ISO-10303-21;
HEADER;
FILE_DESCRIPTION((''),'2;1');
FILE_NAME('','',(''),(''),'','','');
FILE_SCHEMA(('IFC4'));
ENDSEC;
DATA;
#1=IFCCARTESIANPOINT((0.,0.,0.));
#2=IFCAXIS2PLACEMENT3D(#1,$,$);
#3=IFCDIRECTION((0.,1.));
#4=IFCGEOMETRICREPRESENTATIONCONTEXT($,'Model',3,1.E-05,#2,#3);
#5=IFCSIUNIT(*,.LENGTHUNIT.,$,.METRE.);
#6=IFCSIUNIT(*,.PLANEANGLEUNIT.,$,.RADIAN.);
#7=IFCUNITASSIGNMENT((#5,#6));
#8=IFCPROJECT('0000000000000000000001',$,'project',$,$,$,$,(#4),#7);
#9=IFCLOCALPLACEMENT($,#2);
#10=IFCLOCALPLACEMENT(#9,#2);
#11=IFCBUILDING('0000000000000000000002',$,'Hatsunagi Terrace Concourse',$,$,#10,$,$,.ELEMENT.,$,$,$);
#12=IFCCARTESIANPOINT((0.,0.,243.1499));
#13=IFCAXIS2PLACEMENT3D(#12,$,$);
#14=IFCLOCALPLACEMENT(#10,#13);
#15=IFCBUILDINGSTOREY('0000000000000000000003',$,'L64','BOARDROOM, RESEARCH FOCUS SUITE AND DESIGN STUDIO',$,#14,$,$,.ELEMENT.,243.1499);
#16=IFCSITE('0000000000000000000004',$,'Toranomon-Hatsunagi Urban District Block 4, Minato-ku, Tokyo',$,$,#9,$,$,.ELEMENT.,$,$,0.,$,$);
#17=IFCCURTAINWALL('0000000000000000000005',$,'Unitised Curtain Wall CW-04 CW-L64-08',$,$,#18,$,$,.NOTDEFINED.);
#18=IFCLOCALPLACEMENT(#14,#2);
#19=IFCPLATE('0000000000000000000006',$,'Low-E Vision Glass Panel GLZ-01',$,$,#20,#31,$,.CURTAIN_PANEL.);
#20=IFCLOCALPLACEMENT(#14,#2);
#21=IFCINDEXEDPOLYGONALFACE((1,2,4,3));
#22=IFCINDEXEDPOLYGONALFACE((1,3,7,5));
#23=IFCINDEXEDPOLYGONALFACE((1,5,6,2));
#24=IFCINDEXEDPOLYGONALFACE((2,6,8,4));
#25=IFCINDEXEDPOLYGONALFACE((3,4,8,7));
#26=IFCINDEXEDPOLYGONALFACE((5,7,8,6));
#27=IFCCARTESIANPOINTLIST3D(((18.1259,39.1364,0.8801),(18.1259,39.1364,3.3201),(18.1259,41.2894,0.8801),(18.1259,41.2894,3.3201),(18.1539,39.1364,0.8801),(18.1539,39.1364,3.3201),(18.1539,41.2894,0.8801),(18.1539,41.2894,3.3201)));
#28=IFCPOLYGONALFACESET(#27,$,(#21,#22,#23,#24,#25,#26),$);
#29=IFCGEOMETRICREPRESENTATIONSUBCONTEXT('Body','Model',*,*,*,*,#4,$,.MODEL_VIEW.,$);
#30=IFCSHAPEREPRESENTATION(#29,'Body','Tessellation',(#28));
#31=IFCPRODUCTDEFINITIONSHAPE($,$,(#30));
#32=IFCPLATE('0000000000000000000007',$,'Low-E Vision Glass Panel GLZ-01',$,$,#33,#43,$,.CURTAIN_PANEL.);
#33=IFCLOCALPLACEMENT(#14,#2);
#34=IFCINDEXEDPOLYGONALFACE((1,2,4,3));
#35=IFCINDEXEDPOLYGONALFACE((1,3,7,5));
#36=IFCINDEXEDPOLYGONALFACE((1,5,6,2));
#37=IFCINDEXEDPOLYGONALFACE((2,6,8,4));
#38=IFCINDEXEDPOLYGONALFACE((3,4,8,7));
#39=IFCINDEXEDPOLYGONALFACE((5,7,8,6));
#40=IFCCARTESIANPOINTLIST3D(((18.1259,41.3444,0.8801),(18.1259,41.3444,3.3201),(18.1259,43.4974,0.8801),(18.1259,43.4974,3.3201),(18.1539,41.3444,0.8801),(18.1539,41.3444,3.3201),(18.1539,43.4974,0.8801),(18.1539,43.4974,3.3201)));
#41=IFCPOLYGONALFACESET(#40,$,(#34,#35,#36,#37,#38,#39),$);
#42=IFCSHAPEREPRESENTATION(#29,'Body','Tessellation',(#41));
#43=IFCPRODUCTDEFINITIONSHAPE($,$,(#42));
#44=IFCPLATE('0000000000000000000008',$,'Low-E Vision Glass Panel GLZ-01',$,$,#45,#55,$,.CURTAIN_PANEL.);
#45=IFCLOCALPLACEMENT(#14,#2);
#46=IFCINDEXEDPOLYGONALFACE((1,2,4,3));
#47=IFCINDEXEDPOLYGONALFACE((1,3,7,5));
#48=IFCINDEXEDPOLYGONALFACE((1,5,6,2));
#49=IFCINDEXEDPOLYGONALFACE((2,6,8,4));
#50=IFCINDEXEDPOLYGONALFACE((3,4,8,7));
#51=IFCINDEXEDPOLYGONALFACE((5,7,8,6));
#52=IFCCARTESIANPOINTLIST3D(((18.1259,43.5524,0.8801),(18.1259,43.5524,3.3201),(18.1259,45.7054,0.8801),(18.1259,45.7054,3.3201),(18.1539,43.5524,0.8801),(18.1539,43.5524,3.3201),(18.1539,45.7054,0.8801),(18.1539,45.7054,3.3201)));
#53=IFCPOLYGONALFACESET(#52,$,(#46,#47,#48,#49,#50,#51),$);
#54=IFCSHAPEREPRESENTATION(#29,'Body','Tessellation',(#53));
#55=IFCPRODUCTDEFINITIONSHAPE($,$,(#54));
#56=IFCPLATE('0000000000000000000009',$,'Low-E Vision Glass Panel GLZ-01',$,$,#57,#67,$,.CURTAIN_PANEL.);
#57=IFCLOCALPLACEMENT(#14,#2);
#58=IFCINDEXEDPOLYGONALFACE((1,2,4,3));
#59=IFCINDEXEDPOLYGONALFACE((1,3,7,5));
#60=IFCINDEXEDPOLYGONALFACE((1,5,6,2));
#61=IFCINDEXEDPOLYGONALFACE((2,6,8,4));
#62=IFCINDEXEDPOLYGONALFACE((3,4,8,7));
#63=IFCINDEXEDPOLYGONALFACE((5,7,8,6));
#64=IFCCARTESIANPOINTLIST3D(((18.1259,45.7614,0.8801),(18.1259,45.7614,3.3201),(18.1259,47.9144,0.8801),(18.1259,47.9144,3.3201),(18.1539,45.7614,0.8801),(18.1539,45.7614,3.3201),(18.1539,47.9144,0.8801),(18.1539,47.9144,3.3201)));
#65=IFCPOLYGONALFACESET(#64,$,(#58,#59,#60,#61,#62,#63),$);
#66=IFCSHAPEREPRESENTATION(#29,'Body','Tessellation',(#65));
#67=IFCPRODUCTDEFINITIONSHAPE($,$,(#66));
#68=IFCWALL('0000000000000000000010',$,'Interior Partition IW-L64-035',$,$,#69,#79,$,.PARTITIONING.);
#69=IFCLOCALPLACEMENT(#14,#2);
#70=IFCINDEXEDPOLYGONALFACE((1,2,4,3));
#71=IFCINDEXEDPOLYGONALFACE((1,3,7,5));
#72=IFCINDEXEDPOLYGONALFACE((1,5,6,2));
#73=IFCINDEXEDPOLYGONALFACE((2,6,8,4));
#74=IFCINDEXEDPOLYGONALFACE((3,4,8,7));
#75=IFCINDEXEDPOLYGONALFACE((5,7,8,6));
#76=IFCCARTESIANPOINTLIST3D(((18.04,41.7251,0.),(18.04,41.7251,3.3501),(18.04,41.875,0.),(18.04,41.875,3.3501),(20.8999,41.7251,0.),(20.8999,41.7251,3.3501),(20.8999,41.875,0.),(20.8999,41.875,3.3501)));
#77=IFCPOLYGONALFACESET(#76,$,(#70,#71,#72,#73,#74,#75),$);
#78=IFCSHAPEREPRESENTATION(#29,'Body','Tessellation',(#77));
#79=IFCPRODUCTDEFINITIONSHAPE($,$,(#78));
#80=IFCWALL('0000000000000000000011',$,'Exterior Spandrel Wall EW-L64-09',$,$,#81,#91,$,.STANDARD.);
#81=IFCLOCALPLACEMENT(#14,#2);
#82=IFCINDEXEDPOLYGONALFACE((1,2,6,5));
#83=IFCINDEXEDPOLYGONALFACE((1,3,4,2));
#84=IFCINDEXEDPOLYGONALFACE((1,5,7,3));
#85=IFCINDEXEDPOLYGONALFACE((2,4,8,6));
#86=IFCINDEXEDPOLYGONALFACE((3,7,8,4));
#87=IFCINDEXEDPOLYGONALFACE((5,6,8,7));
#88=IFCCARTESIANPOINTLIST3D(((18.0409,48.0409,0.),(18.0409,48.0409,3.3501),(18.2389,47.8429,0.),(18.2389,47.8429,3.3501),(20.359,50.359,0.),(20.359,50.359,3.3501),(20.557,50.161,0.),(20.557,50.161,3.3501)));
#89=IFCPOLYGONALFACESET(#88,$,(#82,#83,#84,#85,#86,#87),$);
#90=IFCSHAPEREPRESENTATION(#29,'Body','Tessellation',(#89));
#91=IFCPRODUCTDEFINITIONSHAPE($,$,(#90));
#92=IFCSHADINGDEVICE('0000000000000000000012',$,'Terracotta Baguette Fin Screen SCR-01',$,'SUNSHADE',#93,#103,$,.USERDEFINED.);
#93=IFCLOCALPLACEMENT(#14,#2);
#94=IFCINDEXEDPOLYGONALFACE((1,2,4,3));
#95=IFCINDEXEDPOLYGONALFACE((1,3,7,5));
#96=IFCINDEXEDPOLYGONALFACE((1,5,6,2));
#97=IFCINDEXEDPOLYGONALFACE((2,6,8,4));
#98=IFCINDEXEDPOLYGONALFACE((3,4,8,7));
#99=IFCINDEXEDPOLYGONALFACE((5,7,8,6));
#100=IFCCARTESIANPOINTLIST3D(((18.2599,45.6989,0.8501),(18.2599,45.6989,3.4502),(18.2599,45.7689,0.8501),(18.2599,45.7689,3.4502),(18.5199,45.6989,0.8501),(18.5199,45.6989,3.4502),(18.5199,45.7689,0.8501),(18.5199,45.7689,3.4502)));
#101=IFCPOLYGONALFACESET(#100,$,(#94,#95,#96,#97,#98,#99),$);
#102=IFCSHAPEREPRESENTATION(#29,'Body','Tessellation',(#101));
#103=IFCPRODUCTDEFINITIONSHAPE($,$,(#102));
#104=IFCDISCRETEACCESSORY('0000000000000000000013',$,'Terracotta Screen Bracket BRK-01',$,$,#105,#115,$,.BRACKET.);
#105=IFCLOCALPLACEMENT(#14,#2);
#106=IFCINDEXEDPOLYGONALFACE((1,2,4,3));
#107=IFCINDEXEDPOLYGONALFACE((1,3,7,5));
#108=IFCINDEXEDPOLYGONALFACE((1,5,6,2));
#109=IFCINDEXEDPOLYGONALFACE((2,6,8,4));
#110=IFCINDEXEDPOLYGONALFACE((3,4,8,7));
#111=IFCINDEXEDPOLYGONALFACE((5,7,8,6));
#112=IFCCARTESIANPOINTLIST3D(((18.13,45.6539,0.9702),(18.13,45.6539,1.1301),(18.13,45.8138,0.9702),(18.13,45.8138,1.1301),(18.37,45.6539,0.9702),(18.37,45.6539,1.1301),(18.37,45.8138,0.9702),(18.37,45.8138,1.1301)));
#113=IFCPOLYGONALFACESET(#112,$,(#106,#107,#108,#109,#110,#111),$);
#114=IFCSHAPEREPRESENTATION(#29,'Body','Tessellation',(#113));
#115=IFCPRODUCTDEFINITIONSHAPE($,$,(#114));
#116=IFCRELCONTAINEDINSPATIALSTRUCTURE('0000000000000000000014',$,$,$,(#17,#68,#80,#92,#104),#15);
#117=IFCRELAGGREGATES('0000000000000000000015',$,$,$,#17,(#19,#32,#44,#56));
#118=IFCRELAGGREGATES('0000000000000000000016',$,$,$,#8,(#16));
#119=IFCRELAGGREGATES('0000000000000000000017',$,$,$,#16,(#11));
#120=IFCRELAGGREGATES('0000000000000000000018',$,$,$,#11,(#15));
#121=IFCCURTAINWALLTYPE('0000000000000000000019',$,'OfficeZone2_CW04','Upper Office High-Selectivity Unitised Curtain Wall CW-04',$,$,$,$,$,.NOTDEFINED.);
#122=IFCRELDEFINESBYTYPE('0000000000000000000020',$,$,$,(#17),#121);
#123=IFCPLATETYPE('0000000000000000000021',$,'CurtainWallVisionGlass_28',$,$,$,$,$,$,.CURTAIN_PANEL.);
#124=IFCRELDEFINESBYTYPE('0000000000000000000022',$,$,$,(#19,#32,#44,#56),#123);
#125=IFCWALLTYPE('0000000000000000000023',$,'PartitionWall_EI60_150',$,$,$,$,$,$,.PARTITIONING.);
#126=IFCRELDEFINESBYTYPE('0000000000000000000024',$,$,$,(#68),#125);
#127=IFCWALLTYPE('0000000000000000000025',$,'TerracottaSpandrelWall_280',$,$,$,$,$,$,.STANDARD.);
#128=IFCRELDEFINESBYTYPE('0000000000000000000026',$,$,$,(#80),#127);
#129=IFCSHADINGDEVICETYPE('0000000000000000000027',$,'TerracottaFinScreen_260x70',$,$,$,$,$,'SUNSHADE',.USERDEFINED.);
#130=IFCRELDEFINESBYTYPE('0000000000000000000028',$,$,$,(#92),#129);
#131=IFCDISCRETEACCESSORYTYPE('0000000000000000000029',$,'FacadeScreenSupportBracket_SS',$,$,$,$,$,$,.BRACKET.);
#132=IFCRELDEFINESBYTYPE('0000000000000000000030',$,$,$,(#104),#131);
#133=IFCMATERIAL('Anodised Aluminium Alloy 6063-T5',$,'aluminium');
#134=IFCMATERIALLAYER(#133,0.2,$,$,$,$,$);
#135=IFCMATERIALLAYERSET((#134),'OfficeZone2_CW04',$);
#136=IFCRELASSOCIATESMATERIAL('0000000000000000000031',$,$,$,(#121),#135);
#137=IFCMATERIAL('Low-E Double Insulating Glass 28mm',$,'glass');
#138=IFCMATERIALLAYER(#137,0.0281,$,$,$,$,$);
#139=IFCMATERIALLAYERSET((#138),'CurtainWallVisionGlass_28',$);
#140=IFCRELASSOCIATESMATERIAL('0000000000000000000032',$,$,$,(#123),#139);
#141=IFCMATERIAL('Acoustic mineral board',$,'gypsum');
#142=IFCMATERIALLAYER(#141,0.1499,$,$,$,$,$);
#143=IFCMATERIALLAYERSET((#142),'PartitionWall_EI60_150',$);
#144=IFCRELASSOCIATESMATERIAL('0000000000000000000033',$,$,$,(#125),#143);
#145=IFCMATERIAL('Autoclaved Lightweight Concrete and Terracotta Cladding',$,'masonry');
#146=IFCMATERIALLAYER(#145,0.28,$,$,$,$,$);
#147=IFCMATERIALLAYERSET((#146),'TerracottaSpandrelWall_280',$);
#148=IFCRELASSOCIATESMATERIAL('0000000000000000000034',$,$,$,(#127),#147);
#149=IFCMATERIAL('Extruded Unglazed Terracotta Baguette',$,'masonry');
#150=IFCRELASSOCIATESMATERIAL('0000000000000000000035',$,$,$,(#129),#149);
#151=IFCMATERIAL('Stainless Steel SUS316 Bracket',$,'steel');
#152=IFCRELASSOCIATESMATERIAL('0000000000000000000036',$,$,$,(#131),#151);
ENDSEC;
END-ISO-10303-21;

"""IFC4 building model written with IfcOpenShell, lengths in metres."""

from ifc_helpers import new_model, si_unit, direction, frame, frame_2d, origin, origin_2d, place, context, subcontext, project, spatial, rectangle, extrude, material, layer, layer_set, type_object, element, aggregate, save


model = new_model("IFC4")

# Units and contexts
model_context = context("Model", 3, precision=1e-05, world=origin(), true_north=direction((0.0, 1.0)))
body_context = subcontext(model_context, "Body", "Model", "MODEL_VIEW")
ifc_project = project(units=[si_unit("LENGTHUNIT", "METRE"), si_unit("PLANEANGLEUNIT", "RADIAN")], contexts=[model_context])

# Site, building, storey
site_placement = place(None, origin())
site = spatial("IfcSite", under=ifc_project, at=site_placement, Name="Toranomon-Hatsunagi Urban District Block 4, Minato-ku, Tokyo", CompositionType="ELEMENT", RefElevation=0.0)
building_placement = place(site_placement, origin())
building = spatial("IfcBuilding", under=site, at=building_placement, Name="Hatsunagi Terrace Concourse", CompositionType="ELEMENT")
storey_placement = place(building_placement, frame((0.0, 0.0, 243.1499)))
storey = spatial("IfcBuildingStorey", under=building, at=storey_placement, Name="L64", Description="BOARDROOM, RESEARCH FOCUS SUITE AND DESIGN STUDIO", CompositionType="ELEMENT", Elevation=243.1499)

# Curtain wall
ifc_material_1 = material(Name="Anodised Aluminium Alloy 6063-T5", Category="aluminium")
ifc_layer_1 = layer(ifc_material_1, 0.2)
ifc_layer_set_1 = layer_set([ifc_layer_1], Name="OfficeZone2_CW04")
curtain_wall_type = type_object("IfcCurtainWallType", Name="OfficeZone2_CW04", Description="Upper Office High-Selectivity Unitised Curtain Wall CW-04", PredefinedType="NOTDEFINED", material=ifc_layer_set_1)
curtain_wall_placement = place(storey_placement, origin())
curtain_wall = element("IfcCurtainWall", 1, at=curtain_wall_placement, inside=storey, type_object=curtain_wall_type, Name="Unitised Curtain Wall CW-04 CW-L64-08", PredefinedType="NOTDEFINED")

# Plates
ifc_material_2 = material(Name="Low-E Double Insulating Glass 28mm", Category="glass")
ifc_layer_2 = layer(ifc_material_2, 0.0281)
ifc_layer_set_2 = layer_set([ifc_layer_2], Name="CurtainWallVisionGlass_28")
plate_type_1 = type_object("IfcPlateType", Name="CurtainWallVisionGlass_28", PredefinedType="CURTAIN_PANEL", material=ifc_layer_set_2)
plate_1_placement = place(storey_placement, frame((18.1399, 40.2129, 0.8801), z_axis=(0.0, 0.0, 1.0), x_axis=(0.0, 1.0, 0.0)))
plate_1 = element("IfcPlate", 2, at=plate_1_placement, type_object=plate_type_1, Name="Low-E Vision Glass Panel GLZ-01", PredefinedType="CURTAIN_PANEL", context=body_context, shape_type="SweptSolid", body=[
    extrude(rectangle(XDim=2.1531, YDim=0.0281, at=origin_2d()), origin(), (0.0, 0.0, 1.0), 2.4399),
])
plate_2_placement = place(storey_placement, frame((18.1399, 42.4209, 0.8801), z_axis=(0.0, 0.0, 1.0), x_axis=(0.0, 1.0, 0.0)))
plate_2 = element("IfcPlate", 3, at=plate_2_placement, type_object=plate_type_1, Name="Low-E Vision Glass Panel GLZ-01", PredefinedType="CURTAIN_PANEL", context=body_context, shape_type="SweptSolid", body=[
    extrude(rectangle(XDim=2.1531, YDim=0.0281, at=origin_2d()), origin(), (0.0, 0.0, 1.0), 2.4399),
])
plate_3_placement = place(storey_placement, frame((18.1399, 44.6289, 0.8801), z_axis=(0.0, 0.0, 1.0), x_axis=(0.0, 1.0, 0.0)))
plate_3 = element("IfcPlate", 4, at=plate_3_placement, type_object=plate_type_1, Name="Low-E Vision Glass Panel GLZ-01", PredefinedType="CURTAIN_PANEL", context=body_context, shape_type="SweptSolid", body=[
    extrude(rectangle(XDim=2.1531, YDim=0.0281, at=origin_2d()), origin(), (0.0, 0.0, 1.0), 2.4399),
])
plate_4_placement = place(storey_placement, frame((18.1399, 46.8379, 0.8801), z_axis=(0.0, 0.0, 1.0), x_axis=(0.0, 1.0, 0.0)))
plate_4 = element("IfcPlate", 5, at=plate_4_placement, type_object=plate_type_1, Name="Low-E Vision Glass Panel GLZ-01", PredefinedType="CURTAIN_PANEL", context=body_context, shape_type="SweptSolid", body=[
    extrude(rectangle(XDim=2.1531, YDim=0.0281, at=origin_2d()), origin(), (0.0, 0.0, 1.0), 2.4399),
])
aggregate(curtain_wall, [plate_1, plate_2, plate_3, plate_4])

# Walls
ifc_material_3 = material(Name="Acoustic mineral board", Category="gypsum")
ifc_layer_3 = layer(ifc_material_3, 0.1499)
ifc_layer_set_3 = layer_set([ifc_layer_3], Name="PartitionWall_EI60_150")
wall_type_1 = type_object("IfcWallType", Name="PartitionWall_EI60_150", PredefinedType="PARTITIONING", material=ifc_layer_set_3)
wall_1_placement = place(storey_placement, frame((18.04, 41.8, 0.0), z_axis=(0.0, 0.0, 1.0), x_axis=(1.0, 0.0, 0.0)))
element("IfcWall", 6, at=wall_1_placement, inside=storey, type_object=wall_type_1, Name="Interior Partition IW-L64-035", PredefinedType="PARTITIONING", context=body_context, shape_type="SweptSolid", body=[
    extrude(rectangle(XDim=2.8599, YDim=0.1499, at=frame_2d((1.4299, 0.0))), origin(), (0.0, 0.0, 1.0), 3.3501),
])
ifc_material_4 = material(Name="Autoclaved Lightweight Concrete and Terracotta Cladding", Category="masonry")
ifc_layer_4 = layer(ifc_material_4, 0.28)
ifc_layer_set_4 = layer_set([ifc_layer_4], Name="TerracottaSpandrelWall_280")
wall_type_2 = type_object("IfcWallType", Name="TerracottaSpandrelWall_280", PredefinedType="STANDARD", material=ifc_layer_set_4)
wall_2_placement = place(storey_placement, frame((18.1399, 47.9419, 0.0), z_axis=(0.0, 0.0, 1.0), x_axis=(0.707107, 0.707107, 0.0)))
element("IfcWall", 7, at=wall_2_placement, inside=storey, type_object=wall_type_2, Name="Exterior Spandrel Wall EW-L64-09", PredefinedType="STANDARD", context=body_context, shape_type="SweptSolid", body=[
    extrude(rectangle(XDim=3.2783, YDim=0.28, at=frame_2d((1.6392, 0.0))), origin(), (0.0, 0.0, 1.0), 3.3501),
])

# Shading device
ifc_material_5 = material(Name="Extruded Unglazed Terracotta Baguette", Category="masonry")
shading_device_type = type_object("IfcShadingDeviceType", Name="TerracottaFinScreen_260x70", ElementType="SUNSHADE", PredefinedType="USERDEFINED", material=ifc_material_5)
shading_device_placement = place(storey_placement, frame((18.3899, 45.7339, 0.8501), z_axis=(0.0, 0.0, 1.0), x_axis=(0.0, 1.0, 0.0)))
element("IfcShadingDevice", 8, at=shading_device_placement, inside=storey, type_object=shading_device_type, Name="Terracotta Baguette Fin Screen SCR-01", ObjectType="SUNSHADE", PredefinedType="USERDEFINED", context=body_context, shape_type="SweptSolid", body=[
    extrude(rectangle(XDim=0.0701, YDim=0.26, at=origin_2d()), origin(), (0.0, 0.0, 1.0), 2.6001),
])

# Discrete accessory
ifc_material_6 = material(Name="Stainless Steel SUS316 Bracket", Category="steel")
discrete_accessory_type = type_object("IfcDiscreteAccessoryType", Name="FacadeScreenSupportBracket_SS", PredefinedType="BRACKET", material=ifc_material_6)
discrete_accessory_placement = place(storey_placement, frame((18.25, 45.7339, 0.9702), z_axis=(0.0, 0.0, 1.0), x_axis=(0.0, 1.0, 0.0)))
element("IfcDiscreteAccessory", 9, at=discrete_accessory_placement, inside=storey, type_object=discrete_accessory_type, Name="Terracotta Screen Bracket BRK-01", PredefinedType="BRACKET", context=body_context, shape_type="SweptSolid", body=[
    extrude(rectangle(XDim=0.1599, YDim=0.24, at=origin_2d()), origin(), (0.0, 0.0, 1.0), 0.1599),
])

save(model, "model.ifc")
